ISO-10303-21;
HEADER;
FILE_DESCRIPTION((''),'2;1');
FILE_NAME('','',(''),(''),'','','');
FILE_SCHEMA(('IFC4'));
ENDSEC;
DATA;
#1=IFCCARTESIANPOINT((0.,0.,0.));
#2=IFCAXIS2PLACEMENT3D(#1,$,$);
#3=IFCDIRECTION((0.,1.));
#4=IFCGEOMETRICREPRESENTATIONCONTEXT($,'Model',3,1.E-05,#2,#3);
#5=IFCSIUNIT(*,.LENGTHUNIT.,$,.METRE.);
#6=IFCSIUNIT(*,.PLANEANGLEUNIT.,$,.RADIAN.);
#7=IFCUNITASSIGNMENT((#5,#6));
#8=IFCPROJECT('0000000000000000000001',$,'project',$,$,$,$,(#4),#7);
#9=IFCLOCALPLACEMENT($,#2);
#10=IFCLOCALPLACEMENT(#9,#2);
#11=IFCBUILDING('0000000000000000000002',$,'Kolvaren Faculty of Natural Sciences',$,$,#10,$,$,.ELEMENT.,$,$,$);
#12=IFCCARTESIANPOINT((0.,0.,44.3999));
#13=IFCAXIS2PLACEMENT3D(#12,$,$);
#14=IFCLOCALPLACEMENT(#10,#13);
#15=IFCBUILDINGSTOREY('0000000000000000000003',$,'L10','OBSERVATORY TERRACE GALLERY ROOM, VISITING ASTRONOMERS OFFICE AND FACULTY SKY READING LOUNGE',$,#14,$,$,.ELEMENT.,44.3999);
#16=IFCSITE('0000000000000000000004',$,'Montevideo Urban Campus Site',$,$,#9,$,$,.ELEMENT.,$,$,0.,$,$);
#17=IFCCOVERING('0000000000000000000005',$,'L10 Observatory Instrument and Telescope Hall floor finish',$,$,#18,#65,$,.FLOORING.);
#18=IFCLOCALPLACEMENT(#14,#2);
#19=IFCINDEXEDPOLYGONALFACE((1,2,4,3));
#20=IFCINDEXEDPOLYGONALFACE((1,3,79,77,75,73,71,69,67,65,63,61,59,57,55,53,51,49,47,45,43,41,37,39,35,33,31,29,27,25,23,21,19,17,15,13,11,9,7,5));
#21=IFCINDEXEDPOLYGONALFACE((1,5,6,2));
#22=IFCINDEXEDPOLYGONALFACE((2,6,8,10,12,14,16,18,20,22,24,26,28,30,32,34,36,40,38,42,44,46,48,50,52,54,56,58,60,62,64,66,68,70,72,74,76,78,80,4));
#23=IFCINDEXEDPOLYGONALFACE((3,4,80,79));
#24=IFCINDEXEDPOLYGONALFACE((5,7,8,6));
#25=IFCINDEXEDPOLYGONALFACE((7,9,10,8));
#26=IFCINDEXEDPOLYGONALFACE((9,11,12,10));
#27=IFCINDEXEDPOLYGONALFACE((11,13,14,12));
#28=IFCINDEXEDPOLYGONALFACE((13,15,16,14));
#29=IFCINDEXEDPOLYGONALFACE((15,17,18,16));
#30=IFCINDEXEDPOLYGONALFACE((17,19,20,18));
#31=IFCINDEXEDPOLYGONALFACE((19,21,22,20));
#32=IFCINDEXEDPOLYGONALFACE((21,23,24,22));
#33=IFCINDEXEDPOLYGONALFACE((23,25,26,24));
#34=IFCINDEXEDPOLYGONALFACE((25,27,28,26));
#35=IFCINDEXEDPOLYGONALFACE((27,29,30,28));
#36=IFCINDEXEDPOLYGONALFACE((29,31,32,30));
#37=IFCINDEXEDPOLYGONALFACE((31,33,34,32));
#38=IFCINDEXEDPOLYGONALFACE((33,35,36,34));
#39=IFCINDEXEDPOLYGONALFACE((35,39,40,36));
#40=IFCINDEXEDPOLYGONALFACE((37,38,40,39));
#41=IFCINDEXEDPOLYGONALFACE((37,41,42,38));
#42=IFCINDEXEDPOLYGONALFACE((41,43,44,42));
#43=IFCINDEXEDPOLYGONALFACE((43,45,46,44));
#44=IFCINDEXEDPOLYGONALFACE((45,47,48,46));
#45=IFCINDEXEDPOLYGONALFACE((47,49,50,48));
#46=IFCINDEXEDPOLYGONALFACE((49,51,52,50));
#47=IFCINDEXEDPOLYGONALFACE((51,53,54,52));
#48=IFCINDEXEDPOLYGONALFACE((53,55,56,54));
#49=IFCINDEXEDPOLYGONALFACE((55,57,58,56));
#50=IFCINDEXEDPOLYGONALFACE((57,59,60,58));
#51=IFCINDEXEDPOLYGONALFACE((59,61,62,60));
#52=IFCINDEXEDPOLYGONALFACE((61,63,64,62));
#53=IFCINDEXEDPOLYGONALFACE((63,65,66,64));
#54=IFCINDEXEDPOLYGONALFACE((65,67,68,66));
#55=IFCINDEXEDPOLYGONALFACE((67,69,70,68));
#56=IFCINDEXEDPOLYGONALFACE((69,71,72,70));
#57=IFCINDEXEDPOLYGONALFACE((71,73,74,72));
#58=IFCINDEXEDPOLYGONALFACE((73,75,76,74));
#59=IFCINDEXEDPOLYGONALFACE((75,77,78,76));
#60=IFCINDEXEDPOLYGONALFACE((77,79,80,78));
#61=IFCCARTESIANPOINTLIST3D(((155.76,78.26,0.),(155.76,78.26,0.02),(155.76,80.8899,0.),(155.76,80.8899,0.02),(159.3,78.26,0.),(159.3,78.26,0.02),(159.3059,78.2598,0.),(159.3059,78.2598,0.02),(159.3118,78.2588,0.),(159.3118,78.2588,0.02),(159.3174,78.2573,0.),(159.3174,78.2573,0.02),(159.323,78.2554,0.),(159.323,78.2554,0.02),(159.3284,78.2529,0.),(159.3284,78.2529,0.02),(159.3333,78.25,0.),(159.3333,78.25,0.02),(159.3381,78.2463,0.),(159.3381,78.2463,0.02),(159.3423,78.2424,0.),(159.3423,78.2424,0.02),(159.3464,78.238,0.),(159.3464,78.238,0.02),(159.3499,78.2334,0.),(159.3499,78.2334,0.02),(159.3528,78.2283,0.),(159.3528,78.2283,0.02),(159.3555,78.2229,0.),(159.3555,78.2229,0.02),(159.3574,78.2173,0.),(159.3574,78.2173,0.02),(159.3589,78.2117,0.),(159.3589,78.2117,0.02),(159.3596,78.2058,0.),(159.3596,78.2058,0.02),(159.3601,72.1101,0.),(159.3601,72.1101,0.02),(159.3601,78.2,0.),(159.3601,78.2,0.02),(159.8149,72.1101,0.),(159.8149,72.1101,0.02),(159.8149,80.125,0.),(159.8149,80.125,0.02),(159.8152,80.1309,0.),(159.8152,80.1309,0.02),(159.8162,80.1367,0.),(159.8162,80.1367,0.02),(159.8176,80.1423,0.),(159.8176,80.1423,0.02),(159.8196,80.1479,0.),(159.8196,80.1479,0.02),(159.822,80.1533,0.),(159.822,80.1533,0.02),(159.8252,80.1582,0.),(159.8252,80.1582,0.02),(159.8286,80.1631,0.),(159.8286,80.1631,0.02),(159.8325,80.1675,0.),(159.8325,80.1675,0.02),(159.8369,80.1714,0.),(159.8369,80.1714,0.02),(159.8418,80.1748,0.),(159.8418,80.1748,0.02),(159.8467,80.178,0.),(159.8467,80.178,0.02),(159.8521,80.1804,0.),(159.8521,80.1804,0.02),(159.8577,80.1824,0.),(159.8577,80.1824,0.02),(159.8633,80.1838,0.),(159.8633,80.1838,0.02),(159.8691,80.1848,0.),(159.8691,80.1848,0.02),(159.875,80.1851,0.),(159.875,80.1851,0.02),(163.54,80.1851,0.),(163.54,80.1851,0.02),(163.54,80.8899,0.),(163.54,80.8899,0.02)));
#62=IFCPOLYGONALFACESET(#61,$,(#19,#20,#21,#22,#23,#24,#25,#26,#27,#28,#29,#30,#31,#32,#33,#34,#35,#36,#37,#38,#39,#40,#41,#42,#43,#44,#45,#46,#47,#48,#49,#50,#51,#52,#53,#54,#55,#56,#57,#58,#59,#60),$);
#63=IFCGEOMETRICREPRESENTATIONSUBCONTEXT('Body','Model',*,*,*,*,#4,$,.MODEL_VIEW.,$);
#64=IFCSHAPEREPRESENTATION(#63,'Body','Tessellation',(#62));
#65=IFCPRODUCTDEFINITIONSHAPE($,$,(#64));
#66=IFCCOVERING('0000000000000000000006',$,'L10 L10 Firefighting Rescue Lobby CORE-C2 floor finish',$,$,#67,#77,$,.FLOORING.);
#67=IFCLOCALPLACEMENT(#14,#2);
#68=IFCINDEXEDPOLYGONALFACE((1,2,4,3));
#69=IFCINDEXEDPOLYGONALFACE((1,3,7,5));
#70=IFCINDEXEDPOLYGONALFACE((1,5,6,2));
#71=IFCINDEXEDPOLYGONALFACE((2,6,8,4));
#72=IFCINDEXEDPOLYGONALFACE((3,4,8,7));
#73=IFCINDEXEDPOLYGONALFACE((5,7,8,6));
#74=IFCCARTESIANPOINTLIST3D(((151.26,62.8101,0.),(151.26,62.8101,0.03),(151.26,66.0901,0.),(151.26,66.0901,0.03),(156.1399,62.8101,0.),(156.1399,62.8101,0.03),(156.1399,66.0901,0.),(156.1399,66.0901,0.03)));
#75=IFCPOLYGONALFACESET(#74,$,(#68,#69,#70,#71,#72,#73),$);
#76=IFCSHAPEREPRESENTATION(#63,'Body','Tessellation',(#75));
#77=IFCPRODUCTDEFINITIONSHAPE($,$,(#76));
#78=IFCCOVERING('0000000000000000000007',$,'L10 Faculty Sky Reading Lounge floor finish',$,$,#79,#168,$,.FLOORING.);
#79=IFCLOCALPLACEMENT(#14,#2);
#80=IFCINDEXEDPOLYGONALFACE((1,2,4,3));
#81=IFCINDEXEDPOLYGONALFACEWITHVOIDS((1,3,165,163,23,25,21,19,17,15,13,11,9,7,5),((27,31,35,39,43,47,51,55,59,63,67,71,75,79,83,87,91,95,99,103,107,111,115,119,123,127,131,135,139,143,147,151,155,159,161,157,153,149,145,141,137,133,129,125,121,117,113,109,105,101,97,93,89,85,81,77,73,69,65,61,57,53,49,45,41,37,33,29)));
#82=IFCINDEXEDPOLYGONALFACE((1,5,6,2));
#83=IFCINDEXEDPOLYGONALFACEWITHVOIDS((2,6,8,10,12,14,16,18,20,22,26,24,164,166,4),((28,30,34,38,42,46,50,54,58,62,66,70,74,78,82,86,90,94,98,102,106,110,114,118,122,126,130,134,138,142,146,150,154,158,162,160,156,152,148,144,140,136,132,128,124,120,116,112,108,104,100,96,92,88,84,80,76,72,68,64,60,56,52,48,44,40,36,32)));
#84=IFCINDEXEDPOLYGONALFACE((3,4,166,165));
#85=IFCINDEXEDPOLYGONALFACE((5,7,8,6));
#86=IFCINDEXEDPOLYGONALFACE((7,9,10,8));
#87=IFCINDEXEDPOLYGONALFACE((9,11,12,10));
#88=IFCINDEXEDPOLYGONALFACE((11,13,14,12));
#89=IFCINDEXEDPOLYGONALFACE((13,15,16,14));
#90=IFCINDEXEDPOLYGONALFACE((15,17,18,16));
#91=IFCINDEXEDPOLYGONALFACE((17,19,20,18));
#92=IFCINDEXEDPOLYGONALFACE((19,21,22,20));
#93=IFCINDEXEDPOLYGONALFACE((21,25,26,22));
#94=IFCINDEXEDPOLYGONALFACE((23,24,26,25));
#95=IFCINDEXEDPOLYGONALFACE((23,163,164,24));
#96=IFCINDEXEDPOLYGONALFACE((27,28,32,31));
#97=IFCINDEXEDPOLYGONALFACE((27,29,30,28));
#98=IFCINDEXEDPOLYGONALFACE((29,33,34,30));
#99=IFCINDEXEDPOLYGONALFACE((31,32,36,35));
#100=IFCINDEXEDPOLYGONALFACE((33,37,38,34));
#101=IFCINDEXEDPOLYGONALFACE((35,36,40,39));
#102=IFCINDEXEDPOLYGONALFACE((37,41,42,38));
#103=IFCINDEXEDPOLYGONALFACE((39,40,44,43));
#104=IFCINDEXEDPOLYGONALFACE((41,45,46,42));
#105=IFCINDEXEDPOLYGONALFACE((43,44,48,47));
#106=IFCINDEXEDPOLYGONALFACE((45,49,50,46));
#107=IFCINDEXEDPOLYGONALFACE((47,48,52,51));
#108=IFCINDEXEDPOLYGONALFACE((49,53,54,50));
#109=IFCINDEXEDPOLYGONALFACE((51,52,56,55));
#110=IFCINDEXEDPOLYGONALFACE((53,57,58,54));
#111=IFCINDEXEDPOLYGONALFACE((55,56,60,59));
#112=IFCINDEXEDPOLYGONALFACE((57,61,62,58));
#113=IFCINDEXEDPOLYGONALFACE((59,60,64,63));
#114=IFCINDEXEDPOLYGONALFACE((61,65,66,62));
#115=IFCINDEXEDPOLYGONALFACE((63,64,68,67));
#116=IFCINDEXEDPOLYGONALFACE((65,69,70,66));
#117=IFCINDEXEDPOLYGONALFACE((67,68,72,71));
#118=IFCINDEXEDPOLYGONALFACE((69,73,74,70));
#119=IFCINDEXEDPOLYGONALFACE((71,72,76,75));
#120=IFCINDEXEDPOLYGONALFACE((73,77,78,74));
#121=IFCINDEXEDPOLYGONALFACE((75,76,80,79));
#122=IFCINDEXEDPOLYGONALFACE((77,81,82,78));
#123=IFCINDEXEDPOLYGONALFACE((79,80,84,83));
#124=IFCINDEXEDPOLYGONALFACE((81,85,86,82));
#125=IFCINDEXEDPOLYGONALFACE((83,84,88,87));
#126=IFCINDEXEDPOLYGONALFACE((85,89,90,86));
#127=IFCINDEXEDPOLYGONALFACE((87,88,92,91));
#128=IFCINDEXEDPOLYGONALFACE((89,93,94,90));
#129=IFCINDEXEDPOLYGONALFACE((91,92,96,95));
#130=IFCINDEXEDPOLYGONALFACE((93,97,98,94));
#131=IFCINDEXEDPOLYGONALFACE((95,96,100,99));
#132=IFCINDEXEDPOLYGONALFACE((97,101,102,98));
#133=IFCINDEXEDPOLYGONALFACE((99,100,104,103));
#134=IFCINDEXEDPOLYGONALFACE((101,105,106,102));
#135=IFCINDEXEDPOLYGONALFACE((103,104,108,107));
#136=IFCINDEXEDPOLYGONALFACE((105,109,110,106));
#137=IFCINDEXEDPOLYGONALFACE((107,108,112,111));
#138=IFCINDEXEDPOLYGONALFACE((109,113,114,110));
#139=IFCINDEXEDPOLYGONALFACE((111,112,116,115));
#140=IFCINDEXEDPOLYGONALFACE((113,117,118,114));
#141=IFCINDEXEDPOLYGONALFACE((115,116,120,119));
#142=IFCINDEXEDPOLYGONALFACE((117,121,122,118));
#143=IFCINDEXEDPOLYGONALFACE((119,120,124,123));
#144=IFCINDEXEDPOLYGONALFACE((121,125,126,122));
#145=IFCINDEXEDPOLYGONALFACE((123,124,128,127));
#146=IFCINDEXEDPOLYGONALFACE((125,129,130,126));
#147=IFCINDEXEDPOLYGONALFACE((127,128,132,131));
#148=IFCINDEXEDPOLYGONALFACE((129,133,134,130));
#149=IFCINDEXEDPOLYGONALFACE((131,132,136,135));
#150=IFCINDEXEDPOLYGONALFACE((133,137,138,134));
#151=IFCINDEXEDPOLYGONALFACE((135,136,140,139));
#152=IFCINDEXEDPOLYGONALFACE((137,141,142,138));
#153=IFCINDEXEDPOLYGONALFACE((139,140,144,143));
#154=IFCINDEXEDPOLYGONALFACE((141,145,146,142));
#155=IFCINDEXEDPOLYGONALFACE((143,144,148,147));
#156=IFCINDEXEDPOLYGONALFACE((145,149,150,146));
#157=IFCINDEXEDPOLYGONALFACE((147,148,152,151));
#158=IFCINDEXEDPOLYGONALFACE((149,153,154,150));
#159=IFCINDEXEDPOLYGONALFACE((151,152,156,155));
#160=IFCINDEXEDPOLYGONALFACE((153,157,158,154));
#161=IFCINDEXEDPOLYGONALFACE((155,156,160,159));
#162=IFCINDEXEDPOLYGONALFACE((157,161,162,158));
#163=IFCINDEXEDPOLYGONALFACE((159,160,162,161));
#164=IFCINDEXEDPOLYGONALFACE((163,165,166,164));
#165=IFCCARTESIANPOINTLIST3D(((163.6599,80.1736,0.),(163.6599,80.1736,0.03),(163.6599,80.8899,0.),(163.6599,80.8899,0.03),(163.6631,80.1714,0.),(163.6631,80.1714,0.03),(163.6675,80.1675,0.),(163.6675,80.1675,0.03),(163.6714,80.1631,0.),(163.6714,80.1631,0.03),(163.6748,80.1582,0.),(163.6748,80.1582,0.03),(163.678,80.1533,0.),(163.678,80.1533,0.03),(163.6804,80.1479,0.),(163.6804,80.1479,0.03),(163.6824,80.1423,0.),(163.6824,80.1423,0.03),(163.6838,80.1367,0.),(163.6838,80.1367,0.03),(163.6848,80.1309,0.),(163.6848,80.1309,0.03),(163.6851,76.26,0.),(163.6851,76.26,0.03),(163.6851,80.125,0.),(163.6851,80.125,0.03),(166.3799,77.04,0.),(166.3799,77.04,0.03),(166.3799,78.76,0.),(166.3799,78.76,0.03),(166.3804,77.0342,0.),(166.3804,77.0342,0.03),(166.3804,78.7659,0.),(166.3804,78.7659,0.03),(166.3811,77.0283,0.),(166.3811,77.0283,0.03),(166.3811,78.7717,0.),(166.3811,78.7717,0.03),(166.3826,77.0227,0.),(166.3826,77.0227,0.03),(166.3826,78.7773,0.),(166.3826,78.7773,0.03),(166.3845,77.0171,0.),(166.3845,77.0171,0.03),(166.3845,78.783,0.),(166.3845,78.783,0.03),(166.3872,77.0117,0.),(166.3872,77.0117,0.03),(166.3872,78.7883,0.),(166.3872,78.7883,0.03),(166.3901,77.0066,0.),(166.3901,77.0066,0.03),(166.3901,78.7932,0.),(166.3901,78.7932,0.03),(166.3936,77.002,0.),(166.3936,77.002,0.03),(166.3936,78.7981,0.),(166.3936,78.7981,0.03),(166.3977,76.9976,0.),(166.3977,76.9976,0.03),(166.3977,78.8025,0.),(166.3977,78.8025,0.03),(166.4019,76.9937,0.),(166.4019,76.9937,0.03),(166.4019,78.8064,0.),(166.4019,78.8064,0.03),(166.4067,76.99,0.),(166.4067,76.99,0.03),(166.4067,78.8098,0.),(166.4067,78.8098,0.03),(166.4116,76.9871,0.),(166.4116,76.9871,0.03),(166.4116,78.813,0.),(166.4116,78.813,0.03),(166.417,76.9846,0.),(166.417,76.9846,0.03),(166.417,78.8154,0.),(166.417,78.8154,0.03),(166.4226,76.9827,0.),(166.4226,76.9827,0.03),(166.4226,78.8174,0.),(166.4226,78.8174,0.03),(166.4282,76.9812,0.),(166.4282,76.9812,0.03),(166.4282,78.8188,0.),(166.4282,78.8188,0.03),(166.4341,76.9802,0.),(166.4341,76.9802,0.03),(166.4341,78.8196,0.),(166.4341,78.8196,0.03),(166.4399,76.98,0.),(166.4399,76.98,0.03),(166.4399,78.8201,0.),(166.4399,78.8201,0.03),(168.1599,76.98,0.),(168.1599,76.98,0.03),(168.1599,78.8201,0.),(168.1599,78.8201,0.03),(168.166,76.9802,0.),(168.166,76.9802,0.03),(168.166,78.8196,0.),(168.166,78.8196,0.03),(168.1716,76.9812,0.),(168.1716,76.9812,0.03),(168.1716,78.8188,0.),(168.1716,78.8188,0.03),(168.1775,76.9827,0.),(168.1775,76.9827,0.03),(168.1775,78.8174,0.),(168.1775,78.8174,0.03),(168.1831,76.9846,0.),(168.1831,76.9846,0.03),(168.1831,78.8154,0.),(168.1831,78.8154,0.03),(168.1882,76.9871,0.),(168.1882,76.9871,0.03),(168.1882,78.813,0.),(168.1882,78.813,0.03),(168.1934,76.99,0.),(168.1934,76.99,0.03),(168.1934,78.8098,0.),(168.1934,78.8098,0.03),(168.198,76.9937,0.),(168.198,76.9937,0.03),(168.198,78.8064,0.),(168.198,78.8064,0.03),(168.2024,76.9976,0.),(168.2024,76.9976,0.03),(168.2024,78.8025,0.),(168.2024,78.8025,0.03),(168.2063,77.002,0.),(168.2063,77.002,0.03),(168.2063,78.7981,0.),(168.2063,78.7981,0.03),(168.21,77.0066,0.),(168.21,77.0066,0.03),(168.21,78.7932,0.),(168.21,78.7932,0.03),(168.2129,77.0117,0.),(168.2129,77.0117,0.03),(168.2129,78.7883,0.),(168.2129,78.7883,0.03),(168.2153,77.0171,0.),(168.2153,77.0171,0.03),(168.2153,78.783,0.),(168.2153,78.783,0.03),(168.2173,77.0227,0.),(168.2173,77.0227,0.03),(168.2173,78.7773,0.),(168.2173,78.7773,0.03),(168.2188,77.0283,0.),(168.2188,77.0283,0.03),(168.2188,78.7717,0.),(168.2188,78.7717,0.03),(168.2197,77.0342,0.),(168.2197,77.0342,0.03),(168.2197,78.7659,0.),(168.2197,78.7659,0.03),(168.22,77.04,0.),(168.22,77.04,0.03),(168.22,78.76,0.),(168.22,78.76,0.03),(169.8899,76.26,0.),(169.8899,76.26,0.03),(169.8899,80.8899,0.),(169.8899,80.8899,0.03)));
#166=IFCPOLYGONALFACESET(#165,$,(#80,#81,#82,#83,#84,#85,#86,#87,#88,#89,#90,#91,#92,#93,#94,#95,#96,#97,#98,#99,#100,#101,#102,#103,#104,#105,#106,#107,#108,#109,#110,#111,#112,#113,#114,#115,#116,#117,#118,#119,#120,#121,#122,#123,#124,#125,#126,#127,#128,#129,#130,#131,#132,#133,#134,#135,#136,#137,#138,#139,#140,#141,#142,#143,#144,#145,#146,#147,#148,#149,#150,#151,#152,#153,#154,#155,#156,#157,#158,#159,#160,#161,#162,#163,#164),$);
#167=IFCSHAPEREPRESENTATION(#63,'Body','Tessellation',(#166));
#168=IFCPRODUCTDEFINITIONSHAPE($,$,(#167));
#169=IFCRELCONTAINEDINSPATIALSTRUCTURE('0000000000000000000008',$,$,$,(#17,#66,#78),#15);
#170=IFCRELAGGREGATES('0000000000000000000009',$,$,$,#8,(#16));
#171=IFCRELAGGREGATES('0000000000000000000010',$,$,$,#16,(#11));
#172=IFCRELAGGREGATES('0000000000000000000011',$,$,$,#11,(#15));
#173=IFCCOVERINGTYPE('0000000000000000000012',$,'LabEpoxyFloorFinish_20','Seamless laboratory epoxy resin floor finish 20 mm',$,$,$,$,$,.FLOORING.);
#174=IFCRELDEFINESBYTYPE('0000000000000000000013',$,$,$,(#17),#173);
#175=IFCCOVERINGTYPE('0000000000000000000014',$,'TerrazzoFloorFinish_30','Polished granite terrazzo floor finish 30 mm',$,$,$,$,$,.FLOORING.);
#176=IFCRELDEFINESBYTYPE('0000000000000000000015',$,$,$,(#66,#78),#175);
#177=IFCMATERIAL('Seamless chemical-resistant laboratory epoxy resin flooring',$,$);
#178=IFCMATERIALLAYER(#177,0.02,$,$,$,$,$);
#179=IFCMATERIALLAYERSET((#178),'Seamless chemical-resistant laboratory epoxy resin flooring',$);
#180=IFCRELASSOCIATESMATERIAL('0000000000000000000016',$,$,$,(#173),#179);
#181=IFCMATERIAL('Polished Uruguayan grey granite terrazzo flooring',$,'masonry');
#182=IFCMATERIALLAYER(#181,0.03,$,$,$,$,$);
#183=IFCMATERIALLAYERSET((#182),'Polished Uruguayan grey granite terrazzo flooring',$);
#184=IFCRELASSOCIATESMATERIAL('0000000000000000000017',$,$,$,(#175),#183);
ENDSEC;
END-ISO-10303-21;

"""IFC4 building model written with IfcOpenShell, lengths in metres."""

from ifc_helpers import new_model, si_unit, direction, frame, origin, place, context, subcontext, project, spatial, polyline, outline, extrude, material, layer, layer_set, type_object, element, save


model = new_model("IFC4")

# Units and contexts
model_context = context("Model", 3, precision=1e-05, world=origin(), true_north=direction((0.0, 1.0)))
body_context = subcontext(model_context, "Body", "Model", "MODEL_VIEW")
ifc_project = project(units=[si_unit("LENGTHUNIT", "METRE"), si_unit("PLANEANGLEUNIT", "RADIAN")], contexts=[model_context])

# Site, building, storey
site_placement = place(None, origin())
site = spatial("IfcSite", under=ifc_project, at=site_placement, Name="Montevideo Urban Campus Site", CompositionType="ELEMENT", RefElevation=0.0)
building_placement = place(site_placement, origin())
building = spatial("IfcBuilding", under=site, at=building_placement, Name="Kolvaren Faculty of Natural Sciences", CompositionType="ELEMENT")
storey_placement = place(building_placement, frame((0.0, 0.0, 44.3999)))
storey = spatial("IfcBuildingStorey", under=building, at=storey_placement, Name="L10", Description="OBSERVATORY TERRACE GALLERY ROOM, VISITING ASTRONOMERS OFFICE AND FACULTY SKY READING LOUNGE", CompositionType="ELEMENT", Elevation=44.3999)

# Coverings
ifc_material_1 = material(Name="Seamless chemical-resistant laboratory epoxy resin flooring")
ifc_layer_1 = layer(ifc_material_1, 0.02)
ifc_layer_set_1 = layer_set([ifc_layer_1], Name="Seamless chemical-resistant laboratory epoxy resin flooring")
covering_type_1 = type_object("IfcCoveringType", Name="LabEpoxyFloorFinish_20", Description="Seamless laboratory epoxy resin floor finish 20 mm", PredefinedType="FLOORING", material=ifc_layer_set_1)
covering_1_placement = place(storey_placement, origin())
element("IfcCovering", 1, at=covering_1_placement, inside=storey, type_object=covering_type_1, Name="L10 Observatory Instrument and Telescope Hall floor finish", PredefinedType="FLOORING", context=body_context, shape_type="SweptSolid", body=[
    extrude(outline(polyline([(159.3601, 72.1101), (159.3601, 78.2), (159.3596, 78.2058), (159.3589, 78.2117), (159.3574, 78.2173), (159.3555, 78.2229), (159.3528, 78.2283), (159.3499, 78.2334), (159.3464, 78.238), (159.3423, 78.2424), (159.3381, 78.2463), (159.3333, 78.25), (159.3284, 78.2529), (159.323, 78.2554), (159.3174, 78.2573), (159.3118, 78.2588), (159.3059, 78.2598), (159.3, 78.26), (155.76, 78.26), (155.76, 80.8899), (163.54, 80.8899), (163.54, 80.1851), (159.875, 80.1851), (159.8691, 80.1848), (159.8633, 80.1838), (159.8577, 80.1824), (159.8521, 80.1804), (159.8467, 80.178), (159.8418, 80.1748), (159.8369, 80.1714), (159.8325, 80.1675), (159.8286, 80.1631), (159.8252, 80.1582), (159.822, 80.1533), (159.8196, 80.1479), (159.8176, 80.1423), (159.8162, 80.1367), (159.8152, 80.1309), (159.8149, 80.125), (159.8149, 72.1101), (159.3601, 72.1101)])), origin(), (0.0, 0.0, 1.0), 0.02),
])
ifc_material_2 = material(Name="Polished Uruguayan grey granite terrazzo flooring", Category="masonry")
ifc_layer_2 = layer(ifc_material_2, 0.03)
ifc_layer_set_2 = layer_set([ifc_layer_2], Name="Polished Uruguayan grey granite terrazzo flooring")
covering_type_2 = type_object("IfcCoveringType", Name="TerrazzoFloorFinish_30", Description="Polished granite terrazzo floor finish 30 mm", PredefinedType="FLOORING", material=ifc_layer_set_2)
covering_2_placement = place(storey_placement, origin())
element("IfcCovering", 2, at=covering_2_placement, inside=storey, type_object=covering_type_2, Name="L10 L10 Firefighting Rescue Lobby CORE-C2 floor finish", PredefinedType="FLOORING", context=body_context, shape_type="SweptSolid", body=[
    extrude(outline(polyline([(156.1399, 66.0901), (156.1399, 62.8101), (151.26, 62.8101), (151.26, 66.0901), (156.1399, 66.0901)])), origin(), (0.0, 0.0, 1.0), 0.03),
])
covering_3_placement = place(storey_placement, origin())
element("IfcCovering", 3, at=covering_3_placement, inside=storey, type_object=covering_type_2, Name="L10 Faculty Sky Reading Lounge floor finish", PredefinedType="FLOORING", context=body_context, shape_type="SweptSolid", body=[
    extrude(outline(polyline([(163.6599, 80.8899), (169.8899, 80.8899), (169.8899, 76.26), (163.6851, 76.26), (163.6851, 80.125), (163.6848, 80.1309), (163.6838, 80.1367), (163.6824, 80.1423), (163.6804, 80.1479), (163.678, 80.1533), (163.6748, 80.1582), (163.6714, 80.1631), (163.6675, 80.1675), (163.6631, 80.1714), (163.6599, 80.1736), (163.6599, 80.8899)]), holes=[polyline([(168.166, 76.9802), (168.1716, 76.9812), (168.1775, 76.9827), (168.1831, 76.9846), (168.1882, 76.9871), (168.1934, 76.99), (168.198, 76.9937), (168.2024, 76.9976), (168.2063, 77.002), (168.21, 77.0066), (168.2129, 77.0117), (168.2153, 77.0171), (168.2173, 77.0227), (168.2188, 77.0283), (168.2197, 77.0342), (168.22, 77.04), (168.22, 78.76), (168.2197, 78.7659), (168.2188, 78.7717), (168.2173, 78.7773), (168.2153, 78.783), (168.2129, 78.7883), (168.21, 78.7932), (168.2063, 78.7981), (168.2024, 78.8025), (168.198, 78.8064), (168.1934, 78.8098), (168.1882, 78.813), (168.1831, 78.8154), (168.1775, 78.8174), (168.1716, 78.8188), (168.166, 78.8196), (168.1599, 78.8201), (166.4399, 78.8201), (166.4341, 78.8196), (166.4282, 78.8188), (166.4226, 78.8174), (166.417, 78.8154), (166.4116, 78.813), (166.4067, 78.8098), (166.4019, 78.8064), (166.3977, 78.8025), (166.3936, 78.7981), (166.3901, 78.7932), (166.3872, 78.7883), (166.3845, 78.783), (166.3826, 78.7773), (166.3811, 78.7717), (166.3804, 78.7659), (166.3799, 78.76), (166.3799, 77.04), (166.3804, 77.0342), (166.3811, 77.0283), (166.3826, 77.0227), (166.3845, 77.0171), (166.3872, 77.0117), (166.3901, 77.0066), (166.3936, 77.002), (166.3977, 76.9976), (166.4019, 76.9937), (166.4067, 76.99), (166.4116, 76.9871), (166.417, 76.9846), (166.4226, 76.9827), (166.4282, 76.9812), (166.4341, 76.9802), (166.4399, 76.98), (168.1599, 76.98), (168.166, 76.9802)])]), origin(), (0.0, 0.0, 1.0), 0.03),
])

save(model, "model.ifc")
